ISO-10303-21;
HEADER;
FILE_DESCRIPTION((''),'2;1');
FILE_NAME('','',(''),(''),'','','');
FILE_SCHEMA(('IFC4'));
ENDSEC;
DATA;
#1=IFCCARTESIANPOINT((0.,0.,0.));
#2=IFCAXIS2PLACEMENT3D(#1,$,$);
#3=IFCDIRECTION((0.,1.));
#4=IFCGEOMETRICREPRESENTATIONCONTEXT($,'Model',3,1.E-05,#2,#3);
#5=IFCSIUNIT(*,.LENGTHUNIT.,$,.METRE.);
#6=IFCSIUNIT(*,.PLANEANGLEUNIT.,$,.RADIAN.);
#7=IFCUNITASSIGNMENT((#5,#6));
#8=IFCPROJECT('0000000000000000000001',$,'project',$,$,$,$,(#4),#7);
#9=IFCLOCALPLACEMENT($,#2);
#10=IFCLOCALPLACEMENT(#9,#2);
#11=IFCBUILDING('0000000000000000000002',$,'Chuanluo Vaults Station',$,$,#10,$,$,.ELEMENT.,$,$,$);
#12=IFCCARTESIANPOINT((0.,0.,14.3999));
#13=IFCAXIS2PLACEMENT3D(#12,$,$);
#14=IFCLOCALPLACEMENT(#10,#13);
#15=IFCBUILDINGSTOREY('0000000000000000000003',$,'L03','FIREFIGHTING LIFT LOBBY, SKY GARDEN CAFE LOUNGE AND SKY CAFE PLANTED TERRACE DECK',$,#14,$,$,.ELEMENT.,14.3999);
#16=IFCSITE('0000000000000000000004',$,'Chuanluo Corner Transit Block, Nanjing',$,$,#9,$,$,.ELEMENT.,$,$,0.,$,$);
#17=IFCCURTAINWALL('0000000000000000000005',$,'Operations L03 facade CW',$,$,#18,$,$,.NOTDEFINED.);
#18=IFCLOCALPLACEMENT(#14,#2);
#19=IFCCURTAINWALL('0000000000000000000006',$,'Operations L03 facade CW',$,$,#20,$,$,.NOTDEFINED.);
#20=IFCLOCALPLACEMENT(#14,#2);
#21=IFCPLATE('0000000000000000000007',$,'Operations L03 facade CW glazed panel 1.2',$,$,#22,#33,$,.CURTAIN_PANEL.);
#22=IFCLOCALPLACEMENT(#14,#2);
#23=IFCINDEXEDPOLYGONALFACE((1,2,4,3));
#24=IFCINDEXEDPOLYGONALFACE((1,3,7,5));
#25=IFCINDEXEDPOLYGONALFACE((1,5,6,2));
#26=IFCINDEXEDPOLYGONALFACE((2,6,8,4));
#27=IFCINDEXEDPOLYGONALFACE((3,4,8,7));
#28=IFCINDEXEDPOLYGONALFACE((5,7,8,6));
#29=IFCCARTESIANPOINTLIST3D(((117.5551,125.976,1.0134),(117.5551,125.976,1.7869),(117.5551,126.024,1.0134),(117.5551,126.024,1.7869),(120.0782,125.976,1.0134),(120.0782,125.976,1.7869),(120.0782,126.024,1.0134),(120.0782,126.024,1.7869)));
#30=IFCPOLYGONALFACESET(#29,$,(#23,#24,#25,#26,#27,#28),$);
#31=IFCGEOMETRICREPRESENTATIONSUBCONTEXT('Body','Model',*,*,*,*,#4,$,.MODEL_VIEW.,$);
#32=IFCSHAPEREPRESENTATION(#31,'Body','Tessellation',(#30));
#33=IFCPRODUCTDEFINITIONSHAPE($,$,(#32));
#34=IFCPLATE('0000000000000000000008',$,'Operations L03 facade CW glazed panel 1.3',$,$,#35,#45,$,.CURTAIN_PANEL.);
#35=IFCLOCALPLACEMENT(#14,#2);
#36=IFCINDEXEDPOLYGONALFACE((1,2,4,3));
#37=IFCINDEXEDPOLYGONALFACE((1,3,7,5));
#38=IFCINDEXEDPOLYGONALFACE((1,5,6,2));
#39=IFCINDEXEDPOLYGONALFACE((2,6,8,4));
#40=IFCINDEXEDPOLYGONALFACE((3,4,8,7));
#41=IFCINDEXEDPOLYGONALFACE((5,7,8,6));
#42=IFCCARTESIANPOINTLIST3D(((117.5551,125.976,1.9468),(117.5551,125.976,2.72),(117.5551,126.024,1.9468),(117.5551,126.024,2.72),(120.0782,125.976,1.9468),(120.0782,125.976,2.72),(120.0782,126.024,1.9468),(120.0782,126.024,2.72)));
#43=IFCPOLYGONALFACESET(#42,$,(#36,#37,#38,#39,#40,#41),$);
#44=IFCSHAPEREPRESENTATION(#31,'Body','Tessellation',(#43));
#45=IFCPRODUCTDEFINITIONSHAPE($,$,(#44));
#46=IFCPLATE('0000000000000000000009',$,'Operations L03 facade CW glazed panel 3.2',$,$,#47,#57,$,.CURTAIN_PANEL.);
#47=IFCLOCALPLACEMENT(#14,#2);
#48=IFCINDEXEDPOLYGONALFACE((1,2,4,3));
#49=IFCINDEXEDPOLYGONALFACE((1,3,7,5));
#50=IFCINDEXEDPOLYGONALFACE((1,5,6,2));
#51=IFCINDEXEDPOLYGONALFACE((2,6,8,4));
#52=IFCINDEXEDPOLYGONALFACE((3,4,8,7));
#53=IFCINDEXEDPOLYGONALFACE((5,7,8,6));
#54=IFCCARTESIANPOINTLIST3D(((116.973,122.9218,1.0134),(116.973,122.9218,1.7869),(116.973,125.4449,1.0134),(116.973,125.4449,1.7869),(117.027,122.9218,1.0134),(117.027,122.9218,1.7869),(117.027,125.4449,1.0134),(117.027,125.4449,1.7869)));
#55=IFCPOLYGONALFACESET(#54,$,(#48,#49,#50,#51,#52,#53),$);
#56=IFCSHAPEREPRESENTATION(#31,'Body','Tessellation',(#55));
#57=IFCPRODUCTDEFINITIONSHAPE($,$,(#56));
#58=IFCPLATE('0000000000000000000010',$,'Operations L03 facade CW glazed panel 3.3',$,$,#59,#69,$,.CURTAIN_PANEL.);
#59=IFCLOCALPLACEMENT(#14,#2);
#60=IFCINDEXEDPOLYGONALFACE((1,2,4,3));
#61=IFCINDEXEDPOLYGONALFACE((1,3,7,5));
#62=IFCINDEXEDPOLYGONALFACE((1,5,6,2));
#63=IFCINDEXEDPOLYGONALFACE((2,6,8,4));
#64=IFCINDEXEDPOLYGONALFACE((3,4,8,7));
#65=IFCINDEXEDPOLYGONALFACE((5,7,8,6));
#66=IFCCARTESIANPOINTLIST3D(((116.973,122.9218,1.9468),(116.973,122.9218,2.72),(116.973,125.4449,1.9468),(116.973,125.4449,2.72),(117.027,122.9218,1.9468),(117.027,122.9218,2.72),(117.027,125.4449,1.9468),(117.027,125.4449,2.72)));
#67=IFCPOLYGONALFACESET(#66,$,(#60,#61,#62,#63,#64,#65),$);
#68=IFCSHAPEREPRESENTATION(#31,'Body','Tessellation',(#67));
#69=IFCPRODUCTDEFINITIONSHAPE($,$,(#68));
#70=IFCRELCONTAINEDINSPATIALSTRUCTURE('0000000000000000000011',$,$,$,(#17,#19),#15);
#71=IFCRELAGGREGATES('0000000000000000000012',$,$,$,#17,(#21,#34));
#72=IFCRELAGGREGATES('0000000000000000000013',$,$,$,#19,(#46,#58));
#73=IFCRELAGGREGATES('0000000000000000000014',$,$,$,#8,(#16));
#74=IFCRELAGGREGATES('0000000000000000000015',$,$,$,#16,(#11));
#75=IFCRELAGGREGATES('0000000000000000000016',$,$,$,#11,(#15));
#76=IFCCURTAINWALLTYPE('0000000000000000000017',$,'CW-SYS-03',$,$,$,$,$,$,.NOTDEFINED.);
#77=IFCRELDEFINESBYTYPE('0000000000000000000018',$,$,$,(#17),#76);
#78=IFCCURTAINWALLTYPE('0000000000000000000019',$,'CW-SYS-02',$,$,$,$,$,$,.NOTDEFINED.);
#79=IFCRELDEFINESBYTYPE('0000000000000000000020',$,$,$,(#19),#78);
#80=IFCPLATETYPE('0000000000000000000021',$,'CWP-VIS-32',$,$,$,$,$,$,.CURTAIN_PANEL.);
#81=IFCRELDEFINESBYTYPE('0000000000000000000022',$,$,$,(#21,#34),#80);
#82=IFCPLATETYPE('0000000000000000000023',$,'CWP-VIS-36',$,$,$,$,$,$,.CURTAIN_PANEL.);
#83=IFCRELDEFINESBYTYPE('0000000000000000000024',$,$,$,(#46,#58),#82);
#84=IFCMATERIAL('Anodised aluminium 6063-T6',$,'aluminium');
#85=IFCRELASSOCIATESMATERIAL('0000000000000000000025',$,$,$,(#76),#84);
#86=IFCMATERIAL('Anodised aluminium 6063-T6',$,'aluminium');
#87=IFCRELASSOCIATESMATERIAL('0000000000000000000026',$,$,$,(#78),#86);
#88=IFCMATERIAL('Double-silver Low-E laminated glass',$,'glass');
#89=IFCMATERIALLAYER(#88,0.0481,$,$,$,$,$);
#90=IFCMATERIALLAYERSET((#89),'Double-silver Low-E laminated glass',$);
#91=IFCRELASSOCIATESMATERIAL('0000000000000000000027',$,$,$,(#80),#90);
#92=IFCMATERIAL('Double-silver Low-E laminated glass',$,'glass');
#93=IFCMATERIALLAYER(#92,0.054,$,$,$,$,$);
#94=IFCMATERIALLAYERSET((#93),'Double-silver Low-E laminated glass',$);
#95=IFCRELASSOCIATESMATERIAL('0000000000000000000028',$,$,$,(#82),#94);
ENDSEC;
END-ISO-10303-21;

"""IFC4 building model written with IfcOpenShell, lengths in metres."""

from ifc_helpers import new_model, si_unit, direction, frame, origin, origin_2d, place, context, subcontext, project, spatial, rectangle, extrude, material, layer, layer_set, type_object, element, aggregate, save


model = new_model("IFC4")

# Units and contexts
model_context = context("Model", 3, precision=1e-05, world=origin(), true_north=direction((0.0, 1.0)))
body_context = subcontext(model_context, "Body", "Model", "MODEL_VIEW")
ifc_project = project(units=[si_unit("LENGTHUNIT", "METRE"), si_unit("PLANEANGLEUNIT", "RADIAN")], contexts=[model_context])

# Site, building, storey
site_placement = place(None, origin())
site = spatial("IfcSite", under=ifc_project, at=site_placement, Name="Chuanluo Corner Transit Block, Nanjing", CompositionType="ELEMENT", RefElevation=0.0)
building_placement = place(site_placement, origin())
building = spatial("IfcBuilding", under=site, at=building_placement, Name="Chuanluo Vaults Station", CompositionType="ELEMENT")
storey_placement = place(building_placement, frame((0.0, 0.0, 14.3999)))
storey = spatial("IfcBuildingStorey", under=building, at=storey_placement, Name="L03", Description="FIREFIGHTING LIFT LOBBY, SKY GARDEN CAFE LOUNGE AND SKY CAFE PLANTED TERRACE DECK", CompositionType="ELEMENT", Elevation=14.3999)

# Curtain wall
ifc_material_1 = material(Name="Anodised aluminium 6063-T6", Category="aluminium")
curtain_wall_type_1 = type_object("IfcCurtainWallType", Name="CW-SYS-03", PredefinedType="NOTDEFINED", material=ifc_material_1)
curtain_wall_1_placement = place(storey_placement, origin())
curtain_wall_1 = element("IfcCurtainWall", 1, at=curtain_wall_1_placement, inside=storey, type_object=curtain_wall_type_1, Name="Operations L03 facade CW", PredefinedType="NOTDEFINED")

# Curtain wall
ifc_material_2 = material(Name="Anodised aluminium 6063-T6", Category="aluminium")
curtain_wall_type_2 = type_object("IfcCurtainWallType", Name="CW-SYS-02", PredefinedType="NOTDEFINED", material=ifc_material_2)
curtain_wall_2_placement = place(storey_placement, origin())
curtain_wall_2 = element("IfcCurtainWall", 2, at=curtain_wall_2_placement, inside=storey, type_object=curtain_wall_type_2, Name="Operations L03 facade CW", PredefinedType="NOTDEFINED")

# Plates
ifc_material_3 = material(Name="Double-silver Low-E laminated glass", Category="glass")
ifc_layer_1 = layer(ifc_material_3, 0.0481)
ifc_layer_set_1 = layer_set([ifc_layer_1], Name="Double-silver Low-E laminated glass")
plate_type_1 = type_object("IfcPlateType", Name="CWP-VIS-32", PredefinedType="CURTAIN_PANEL", material=ifc_layer_set_1)
plate_1_placement = place(storey_placement, frame((118.8167, 126.0, 1.0134), z_axis=(0.0, 0.0, 1.0), x_axis=(1.0, 0.0, 0.0)))
plate_1 = element("IfcPlate", 3, at=plate_1_placement, type_object=plate_type_1, Name="Operations L03 facade CW glazed panel 1.2", PredefinedType="CURTAIN_PANEL", context=body_context, shape_type="SweptSolid", body=[
    extrude(rectangle(XDim=2.5232, YDim=0.0481, at=origin_2d()), origin(), (0.0, 0.0, 1.0), 0.7734),
])
plate_2_placement = place(storey_placement, frame((118.8167, 126.0, 1.9468), z_axis=(0.0, 0.0, 1.0), x_axis=(1.0, 0.0, 0.0)))
plate_2 = element("IfcPlate", 4, at=plate_2_placement, type_object=plate_type_1, Name="Operations L03 facade CW glazed panel 1.3", PredefinedType="CURTAIN_PANEL", context=body_context, shape_type="SweptSolid", body=[
    extrude(rectangle(XDim=2.5232, YDim=0.0481, at=origin_2d()), origin(), (0.0, 0.0, 1.0), 0.7732),
])
aggregate(curtain_wall_1, [plate_1, plate_2])
ifc_material_4 = material(Name="Double-silver Low-E laminated glass", Category="glass")
ifc_layer_2 = layer(ifc_material_4, 0.054)
ifc_layer_set_2 = layer_set([ifc_layer_2], Name="Double-silver Low-E laminated glass")
plate_type_2 = type_object("IfcPlateType", Name="CWP-VIS-36", PredefinedType="CURTAIN_PANEL", material=ifc_layer_set_2)
plate_3_placement = place(storey_placement, frame((117.0, 124.1833, 1.0134), z_axis=(0.0, 0.0, 1.0), x_axis=(0.0, 1.0, 0.0)))
plate_3 = element("IfcPlate", 5, at=plate_3_placement, type_object=plate_type_2, Name="Operations L03 facade CW glazed panel 3.2", PredefinedType="CURTAIN_PANEL", context=body_context, shape_type="SweptSolid", body=[
    extrude(rectangle(XDim=2.5232, YDim=0.054, at=origin_2d()), origin(), (0.0, 0.0, 1.0), 0.7734),
])
plate_4_placement = place(storey_placement, frame((117.0, 124.1833, 1.9468), z_axis=(0.0, 0.0, 1.0), x_axis=(0.0, 1.0, 0.0)))
plate_4 = element("IfcPlate", 6, at=plate_4_placement, type_object=plate_type_2, Name="Operations L03 facade CW glazed panel 3.3", PredefinedType="CURTAIN_PANEL", context=body_context, shape_type="SweptSolid", body=[
    extrude(rectangle(XDim=2.5232, YDim=0.054, at=origin_2d()), origin(), (0.0, 0.0, 1.0), 0.7732),
])
aggregate(curtain_wall_2, [plate_3, plate_4])

save(model, "model.ifc")
